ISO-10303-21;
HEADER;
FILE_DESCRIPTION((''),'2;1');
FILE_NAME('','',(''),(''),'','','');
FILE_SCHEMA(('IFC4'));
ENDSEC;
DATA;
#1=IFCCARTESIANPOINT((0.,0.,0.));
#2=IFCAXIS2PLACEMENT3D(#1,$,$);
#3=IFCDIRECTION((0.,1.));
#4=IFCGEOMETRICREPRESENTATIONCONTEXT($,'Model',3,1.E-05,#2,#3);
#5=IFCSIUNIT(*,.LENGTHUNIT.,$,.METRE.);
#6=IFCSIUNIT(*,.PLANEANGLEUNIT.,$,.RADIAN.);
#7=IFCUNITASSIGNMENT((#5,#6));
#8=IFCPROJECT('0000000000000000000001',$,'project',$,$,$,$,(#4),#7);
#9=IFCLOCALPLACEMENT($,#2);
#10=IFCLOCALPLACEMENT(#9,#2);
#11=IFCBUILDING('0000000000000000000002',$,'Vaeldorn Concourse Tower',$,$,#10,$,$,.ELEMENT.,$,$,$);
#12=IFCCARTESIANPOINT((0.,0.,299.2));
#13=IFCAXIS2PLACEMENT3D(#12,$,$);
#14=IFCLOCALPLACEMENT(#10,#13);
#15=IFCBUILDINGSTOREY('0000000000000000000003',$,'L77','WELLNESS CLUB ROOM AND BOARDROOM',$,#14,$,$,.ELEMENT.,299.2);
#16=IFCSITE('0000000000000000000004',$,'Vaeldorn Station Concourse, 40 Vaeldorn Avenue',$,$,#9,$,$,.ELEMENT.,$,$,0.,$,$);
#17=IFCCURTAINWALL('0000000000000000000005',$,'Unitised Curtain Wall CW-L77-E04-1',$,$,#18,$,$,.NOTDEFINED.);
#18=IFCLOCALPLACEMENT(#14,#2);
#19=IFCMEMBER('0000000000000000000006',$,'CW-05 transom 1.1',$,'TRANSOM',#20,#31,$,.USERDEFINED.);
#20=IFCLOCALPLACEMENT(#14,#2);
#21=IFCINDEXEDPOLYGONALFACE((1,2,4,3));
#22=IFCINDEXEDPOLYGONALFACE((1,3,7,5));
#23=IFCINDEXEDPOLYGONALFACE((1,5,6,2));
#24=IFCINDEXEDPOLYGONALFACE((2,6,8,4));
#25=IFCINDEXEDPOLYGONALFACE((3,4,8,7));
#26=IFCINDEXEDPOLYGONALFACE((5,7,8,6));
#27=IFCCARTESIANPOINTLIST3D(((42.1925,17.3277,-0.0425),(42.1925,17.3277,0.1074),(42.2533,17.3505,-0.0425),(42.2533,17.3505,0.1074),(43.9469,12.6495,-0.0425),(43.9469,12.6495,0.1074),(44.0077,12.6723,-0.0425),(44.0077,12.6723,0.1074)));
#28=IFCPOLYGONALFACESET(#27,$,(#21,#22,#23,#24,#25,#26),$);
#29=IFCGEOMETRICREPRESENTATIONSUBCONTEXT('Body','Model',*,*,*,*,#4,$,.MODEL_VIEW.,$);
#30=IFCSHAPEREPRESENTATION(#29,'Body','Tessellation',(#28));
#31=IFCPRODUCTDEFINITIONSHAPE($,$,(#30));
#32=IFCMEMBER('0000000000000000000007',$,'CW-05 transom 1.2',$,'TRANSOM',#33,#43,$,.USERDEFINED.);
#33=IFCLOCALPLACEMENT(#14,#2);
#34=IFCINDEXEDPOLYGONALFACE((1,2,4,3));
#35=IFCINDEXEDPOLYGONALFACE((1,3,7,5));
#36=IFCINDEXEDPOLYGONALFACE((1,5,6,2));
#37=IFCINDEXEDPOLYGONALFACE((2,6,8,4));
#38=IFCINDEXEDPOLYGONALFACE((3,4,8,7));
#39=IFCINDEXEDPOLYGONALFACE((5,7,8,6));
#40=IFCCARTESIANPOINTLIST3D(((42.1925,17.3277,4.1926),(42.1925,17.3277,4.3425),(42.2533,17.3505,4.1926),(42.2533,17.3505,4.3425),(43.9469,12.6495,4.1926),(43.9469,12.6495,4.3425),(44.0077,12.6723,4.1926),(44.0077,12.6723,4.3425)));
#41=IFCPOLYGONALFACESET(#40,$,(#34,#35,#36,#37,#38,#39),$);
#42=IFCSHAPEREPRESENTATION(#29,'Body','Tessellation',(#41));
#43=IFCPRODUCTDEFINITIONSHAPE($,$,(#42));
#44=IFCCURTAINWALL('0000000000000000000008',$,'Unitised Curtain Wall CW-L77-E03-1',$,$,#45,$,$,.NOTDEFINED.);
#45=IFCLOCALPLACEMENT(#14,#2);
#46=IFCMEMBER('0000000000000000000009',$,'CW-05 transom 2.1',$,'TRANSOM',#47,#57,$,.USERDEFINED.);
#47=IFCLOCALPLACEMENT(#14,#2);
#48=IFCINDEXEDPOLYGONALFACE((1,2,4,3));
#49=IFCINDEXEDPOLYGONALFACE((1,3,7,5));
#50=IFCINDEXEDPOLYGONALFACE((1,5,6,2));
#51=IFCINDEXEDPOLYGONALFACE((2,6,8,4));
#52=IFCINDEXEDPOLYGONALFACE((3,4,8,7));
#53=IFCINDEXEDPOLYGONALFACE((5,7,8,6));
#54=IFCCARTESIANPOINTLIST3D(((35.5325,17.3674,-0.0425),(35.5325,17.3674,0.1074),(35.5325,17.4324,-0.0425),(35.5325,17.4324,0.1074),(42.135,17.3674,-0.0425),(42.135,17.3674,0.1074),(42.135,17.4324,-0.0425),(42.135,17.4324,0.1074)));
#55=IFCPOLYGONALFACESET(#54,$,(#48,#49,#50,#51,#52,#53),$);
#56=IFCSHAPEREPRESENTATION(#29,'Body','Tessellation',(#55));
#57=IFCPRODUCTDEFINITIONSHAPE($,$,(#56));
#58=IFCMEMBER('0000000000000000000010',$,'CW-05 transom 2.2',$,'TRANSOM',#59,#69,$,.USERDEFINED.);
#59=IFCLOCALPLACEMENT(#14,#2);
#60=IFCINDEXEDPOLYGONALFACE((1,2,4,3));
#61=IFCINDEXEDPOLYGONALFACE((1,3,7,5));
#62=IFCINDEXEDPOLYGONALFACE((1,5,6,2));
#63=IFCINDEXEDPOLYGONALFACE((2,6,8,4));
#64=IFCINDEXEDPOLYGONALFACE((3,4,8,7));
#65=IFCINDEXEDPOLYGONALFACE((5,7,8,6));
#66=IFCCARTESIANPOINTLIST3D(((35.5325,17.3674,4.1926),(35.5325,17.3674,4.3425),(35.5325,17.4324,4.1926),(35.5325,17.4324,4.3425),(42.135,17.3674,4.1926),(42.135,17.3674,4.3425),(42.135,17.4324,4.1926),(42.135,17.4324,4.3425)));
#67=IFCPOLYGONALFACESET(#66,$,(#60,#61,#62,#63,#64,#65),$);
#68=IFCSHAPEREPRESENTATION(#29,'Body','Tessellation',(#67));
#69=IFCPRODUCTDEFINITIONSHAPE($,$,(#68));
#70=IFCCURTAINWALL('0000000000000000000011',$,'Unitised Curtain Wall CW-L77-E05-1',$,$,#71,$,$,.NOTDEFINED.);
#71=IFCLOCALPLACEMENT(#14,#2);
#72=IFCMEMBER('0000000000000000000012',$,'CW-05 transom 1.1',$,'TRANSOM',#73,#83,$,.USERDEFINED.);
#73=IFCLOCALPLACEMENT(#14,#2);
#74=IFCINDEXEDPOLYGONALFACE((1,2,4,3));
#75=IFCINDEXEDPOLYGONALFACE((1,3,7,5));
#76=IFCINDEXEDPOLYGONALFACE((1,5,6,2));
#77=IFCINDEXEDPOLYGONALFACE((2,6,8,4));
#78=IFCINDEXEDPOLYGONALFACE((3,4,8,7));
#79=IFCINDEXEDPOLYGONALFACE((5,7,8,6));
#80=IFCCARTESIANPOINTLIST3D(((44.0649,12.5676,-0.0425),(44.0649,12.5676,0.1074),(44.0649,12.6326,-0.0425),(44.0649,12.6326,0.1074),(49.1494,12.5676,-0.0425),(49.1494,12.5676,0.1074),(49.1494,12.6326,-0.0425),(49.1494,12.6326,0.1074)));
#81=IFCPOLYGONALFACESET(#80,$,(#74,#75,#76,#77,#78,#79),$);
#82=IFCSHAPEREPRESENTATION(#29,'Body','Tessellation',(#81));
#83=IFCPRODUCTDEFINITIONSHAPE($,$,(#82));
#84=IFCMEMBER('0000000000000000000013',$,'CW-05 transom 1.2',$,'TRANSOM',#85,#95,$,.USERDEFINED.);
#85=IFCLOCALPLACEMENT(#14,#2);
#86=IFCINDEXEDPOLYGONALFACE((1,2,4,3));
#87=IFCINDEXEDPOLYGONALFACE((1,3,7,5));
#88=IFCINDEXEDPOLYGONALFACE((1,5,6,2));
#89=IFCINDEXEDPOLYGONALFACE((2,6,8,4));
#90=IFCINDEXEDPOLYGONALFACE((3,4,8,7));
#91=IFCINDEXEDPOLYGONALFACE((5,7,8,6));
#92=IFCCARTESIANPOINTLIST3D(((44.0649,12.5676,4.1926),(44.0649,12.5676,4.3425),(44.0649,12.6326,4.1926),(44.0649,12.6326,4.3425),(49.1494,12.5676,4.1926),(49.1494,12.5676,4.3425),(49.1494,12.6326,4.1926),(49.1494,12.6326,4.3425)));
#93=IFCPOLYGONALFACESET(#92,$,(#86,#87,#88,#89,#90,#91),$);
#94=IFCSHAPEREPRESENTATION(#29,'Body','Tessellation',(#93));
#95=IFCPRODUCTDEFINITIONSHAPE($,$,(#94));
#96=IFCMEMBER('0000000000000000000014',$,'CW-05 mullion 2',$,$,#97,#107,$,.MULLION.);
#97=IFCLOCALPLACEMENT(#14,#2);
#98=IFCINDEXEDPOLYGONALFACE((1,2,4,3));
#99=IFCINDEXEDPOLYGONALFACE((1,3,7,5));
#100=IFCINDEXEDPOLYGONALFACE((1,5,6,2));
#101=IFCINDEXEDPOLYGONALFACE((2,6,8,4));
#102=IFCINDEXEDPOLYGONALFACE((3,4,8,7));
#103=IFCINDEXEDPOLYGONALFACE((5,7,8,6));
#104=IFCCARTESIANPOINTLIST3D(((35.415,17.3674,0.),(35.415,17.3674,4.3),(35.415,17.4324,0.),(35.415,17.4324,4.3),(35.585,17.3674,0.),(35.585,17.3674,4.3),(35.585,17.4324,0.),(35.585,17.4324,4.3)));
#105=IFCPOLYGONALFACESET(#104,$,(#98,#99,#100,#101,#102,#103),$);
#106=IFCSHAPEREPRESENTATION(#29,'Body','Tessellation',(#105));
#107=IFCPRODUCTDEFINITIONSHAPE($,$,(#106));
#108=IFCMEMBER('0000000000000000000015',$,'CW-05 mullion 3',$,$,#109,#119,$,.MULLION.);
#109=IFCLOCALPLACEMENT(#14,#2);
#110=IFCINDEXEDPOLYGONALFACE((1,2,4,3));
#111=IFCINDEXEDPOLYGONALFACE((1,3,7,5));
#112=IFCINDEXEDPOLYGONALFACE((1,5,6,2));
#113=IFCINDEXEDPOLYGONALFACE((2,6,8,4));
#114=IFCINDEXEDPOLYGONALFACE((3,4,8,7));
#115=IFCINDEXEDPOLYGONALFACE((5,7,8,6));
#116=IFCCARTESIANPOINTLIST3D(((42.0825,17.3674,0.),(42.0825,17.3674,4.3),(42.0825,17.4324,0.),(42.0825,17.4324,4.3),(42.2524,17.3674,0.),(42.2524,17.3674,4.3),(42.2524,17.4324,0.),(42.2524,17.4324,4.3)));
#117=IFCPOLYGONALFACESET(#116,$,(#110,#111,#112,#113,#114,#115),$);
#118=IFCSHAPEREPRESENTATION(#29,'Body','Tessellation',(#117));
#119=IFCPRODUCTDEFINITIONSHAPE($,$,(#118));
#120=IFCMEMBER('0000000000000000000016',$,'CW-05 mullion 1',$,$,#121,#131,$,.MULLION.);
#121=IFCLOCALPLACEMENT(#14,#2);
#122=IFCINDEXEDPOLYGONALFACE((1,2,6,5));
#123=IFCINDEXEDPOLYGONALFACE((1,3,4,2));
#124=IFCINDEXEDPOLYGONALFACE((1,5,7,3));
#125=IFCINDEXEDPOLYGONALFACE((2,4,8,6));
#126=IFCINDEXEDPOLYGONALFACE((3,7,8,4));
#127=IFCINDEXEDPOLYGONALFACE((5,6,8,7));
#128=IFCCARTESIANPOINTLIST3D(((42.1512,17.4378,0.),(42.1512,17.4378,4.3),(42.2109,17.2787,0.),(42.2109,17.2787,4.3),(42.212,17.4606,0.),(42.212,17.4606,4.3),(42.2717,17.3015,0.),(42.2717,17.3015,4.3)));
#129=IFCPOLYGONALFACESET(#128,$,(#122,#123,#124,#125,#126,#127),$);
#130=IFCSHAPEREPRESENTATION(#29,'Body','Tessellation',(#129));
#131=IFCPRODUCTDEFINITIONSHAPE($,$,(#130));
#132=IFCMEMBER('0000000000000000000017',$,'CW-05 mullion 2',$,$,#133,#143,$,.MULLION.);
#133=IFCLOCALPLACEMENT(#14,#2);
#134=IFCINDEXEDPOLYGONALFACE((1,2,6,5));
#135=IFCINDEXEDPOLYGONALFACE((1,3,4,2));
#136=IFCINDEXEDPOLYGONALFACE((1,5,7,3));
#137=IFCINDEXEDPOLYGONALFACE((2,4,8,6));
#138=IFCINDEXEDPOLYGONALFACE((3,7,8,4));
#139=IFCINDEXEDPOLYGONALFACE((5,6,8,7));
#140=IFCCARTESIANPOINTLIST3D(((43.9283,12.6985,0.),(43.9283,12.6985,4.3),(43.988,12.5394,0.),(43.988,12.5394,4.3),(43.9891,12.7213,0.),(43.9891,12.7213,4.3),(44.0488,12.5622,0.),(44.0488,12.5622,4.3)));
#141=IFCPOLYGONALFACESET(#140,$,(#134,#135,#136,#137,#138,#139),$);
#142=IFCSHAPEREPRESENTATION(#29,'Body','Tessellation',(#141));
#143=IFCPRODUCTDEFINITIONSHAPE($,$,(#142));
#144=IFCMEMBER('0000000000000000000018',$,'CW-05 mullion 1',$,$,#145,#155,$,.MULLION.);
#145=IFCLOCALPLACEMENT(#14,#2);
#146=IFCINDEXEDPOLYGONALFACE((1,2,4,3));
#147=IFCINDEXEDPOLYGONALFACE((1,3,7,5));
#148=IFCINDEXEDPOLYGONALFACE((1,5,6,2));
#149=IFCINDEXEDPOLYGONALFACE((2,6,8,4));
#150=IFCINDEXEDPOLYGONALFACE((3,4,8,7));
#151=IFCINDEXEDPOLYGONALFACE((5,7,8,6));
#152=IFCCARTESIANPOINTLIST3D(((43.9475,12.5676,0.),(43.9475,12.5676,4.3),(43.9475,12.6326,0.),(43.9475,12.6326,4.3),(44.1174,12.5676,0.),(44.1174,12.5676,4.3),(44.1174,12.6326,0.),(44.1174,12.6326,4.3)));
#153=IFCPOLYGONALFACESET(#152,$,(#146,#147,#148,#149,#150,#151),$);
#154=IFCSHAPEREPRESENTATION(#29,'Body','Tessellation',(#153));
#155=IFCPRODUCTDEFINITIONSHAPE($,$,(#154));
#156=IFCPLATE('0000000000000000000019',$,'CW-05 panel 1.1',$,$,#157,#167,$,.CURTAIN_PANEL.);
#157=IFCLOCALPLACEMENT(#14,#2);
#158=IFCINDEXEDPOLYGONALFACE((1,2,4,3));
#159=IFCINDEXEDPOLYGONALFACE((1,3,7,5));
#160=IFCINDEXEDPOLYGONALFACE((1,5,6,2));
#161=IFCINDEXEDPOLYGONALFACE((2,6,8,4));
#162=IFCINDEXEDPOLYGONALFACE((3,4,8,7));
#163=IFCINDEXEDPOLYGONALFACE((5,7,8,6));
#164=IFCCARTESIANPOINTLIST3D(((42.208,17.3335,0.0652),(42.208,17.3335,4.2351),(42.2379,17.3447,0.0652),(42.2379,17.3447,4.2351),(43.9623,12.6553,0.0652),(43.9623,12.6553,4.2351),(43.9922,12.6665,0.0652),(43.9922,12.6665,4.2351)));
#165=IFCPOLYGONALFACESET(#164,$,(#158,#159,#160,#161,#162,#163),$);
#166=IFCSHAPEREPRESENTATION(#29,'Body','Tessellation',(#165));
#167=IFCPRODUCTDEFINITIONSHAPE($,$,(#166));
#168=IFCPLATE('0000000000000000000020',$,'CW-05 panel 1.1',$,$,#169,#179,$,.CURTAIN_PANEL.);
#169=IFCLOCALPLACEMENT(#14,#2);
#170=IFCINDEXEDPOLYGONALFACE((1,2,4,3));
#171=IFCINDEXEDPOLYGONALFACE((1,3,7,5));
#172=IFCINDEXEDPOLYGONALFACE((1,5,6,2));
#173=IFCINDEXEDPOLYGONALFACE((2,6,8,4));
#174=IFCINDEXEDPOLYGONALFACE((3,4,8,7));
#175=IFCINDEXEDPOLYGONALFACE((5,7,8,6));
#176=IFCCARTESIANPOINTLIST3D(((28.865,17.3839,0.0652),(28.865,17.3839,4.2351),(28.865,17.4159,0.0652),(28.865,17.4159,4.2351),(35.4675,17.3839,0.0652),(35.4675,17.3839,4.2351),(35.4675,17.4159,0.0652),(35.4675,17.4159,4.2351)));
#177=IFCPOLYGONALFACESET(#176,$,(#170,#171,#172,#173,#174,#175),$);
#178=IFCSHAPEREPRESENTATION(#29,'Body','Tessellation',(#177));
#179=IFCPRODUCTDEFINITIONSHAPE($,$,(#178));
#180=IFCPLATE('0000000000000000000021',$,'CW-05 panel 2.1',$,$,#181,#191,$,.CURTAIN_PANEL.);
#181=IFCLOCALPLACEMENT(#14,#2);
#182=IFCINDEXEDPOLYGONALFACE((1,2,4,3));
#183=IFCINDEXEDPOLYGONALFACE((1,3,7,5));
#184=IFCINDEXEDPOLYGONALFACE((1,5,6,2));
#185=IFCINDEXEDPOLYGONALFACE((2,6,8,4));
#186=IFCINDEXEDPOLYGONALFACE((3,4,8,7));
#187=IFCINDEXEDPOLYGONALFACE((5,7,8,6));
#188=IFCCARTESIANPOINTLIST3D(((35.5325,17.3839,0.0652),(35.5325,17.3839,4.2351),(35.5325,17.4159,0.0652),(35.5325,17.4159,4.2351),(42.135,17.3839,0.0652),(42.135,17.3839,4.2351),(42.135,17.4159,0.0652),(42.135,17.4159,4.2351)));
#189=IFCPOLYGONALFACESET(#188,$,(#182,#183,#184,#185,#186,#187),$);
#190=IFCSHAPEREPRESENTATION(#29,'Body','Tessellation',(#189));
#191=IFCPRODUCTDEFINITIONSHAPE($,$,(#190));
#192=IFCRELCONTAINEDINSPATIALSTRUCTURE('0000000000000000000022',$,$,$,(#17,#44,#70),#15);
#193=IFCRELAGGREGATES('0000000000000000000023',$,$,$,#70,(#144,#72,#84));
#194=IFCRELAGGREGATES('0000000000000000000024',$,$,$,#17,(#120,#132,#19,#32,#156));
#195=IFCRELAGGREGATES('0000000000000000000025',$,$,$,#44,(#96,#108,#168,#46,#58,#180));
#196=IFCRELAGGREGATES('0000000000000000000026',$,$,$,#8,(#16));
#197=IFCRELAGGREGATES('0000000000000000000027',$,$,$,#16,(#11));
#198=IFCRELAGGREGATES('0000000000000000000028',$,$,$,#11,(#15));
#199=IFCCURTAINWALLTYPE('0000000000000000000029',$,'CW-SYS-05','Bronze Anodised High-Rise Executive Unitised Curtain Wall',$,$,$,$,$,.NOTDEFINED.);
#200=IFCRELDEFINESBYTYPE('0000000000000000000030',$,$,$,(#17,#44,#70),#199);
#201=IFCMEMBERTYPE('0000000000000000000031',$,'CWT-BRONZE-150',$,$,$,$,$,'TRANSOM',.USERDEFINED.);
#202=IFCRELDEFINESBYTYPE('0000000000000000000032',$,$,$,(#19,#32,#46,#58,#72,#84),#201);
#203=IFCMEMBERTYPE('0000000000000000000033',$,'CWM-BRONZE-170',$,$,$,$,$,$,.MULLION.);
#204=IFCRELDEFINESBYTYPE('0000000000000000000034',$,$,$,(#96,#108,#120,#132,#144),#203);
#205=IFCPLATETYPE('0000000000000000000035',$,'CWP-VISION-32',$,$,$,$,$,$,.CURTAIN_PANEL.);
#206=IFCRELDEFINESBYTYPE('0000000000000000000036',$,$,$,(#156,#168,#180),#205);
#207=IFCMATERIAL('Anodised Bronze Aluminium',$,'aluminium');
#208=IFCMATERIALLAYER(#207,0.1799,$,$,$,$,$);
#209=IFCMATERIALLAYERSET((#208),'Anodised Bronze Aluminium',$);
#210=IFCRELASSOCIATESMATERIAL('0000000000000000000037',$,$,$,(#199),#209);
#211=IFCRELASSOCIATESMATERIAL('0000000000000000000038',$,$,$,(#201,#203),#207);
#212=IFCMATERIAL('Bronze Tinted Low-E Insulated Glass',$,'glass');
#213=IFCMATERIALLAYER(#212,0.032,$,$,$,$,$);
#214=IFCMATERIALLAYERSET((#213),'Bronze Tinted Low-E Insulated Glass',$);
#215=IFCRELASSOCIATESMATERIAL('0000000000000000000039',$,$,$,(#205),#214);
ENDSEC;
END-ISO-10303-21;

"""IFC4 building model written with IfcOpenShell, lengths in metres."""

from ifc_helpers import new_model, si_unit, direction, frame, origin, origin_2d, place, context, subcontext, project, spatial, rectangle, extrude, source, transform, mapped, material, layer, layer_set, material_profile, profile_set, type_object, element, aggregate, save


model = new_model("IFC4")

# Units and contexts
model_context = context("Model", 3, precision=1e-05, world=origin(), true_north=direction((0.0, 1.0)))
body_context = subcontext(model_context, "Body", "Model", "MODEL_VIEW")
ifc_project = project(units=[si_unit("LENGTHUNIT", "METRE"), si_unit("PLANEANGLEUNIT", "RADIAN")], contexts=[model_context])

# Site, building, storey
site_placement = place(None, origin())
site = spatial("IfcSite", under=ifc_project, at=site_placement, Name="Vaeldorn Station Concourse, 40 Vaeldorn Avenue", CompositionType="ELEMENT", RefElevation=0.0)
building_placement = place(site_placement, origin())
building = spatial("IfcBuilding", under=site, at=building_placement, Name="Vaeldorn Concourse Tower", CompositionType="ELEMENT")
storey_placement = place(building_placement, frame((0.0, 0.0, 299.2)))
storey = spatial("IfcBuildingStorey", under=building, at=storey_placement, Name="L77", Description="WELLNESS CLUB ROOM AND BOARDROOM", CompositionType="ELEMENT", Elevation=299.2)

# Curtain walls, members
ifc_material_1 = material(Name="Anodised Bronze Aluminium", Category="aluminium")
ifc_layer_1 = layer(ifc_material_1, 0.1799)
ifc_layer_set_1 = layer_set([ifc_layer_1], Name="Anodised Bronze Aluminium")
curtain_wall_type = type_object("IfcCurtainWallType", Name="CW-SYS-05", Description="Bronze Anodised High-Rise Executive Unitised Curtain Wall", PredefinedType="NOTDEFINED", material=ifc_layer_set_1)
curtain_wall_1_placement = place(storey_placement, origin())
curtain_wall_1 = element("IfcCurtainWall", 1, at=curtain_wall_1_placement, inside=storey, type_object=curtain_wall_type, Name="Unitised Curtain Wall CW-L77-E04-1", PredefinedType="NOTDEFINED")
ifc_material_profile_1 = material_profile(ifc_material_1, rectangle(XDim=0.0649, YDim=0.1499, at=origin_2d()), Name="CWT 65x150")
ifc_profile_set_1 = profile_set([ifc_material_profile_1], Name="Anodised Bronze Aluminium")
member_type_1 = type_object("IfcMemberType", Name="CWT-BRONZE-150", ElementType="TRANSOM", PredefinedType="USERDEFINED", material=ifc_profile_set_1)
shared_shape_1 = source(origin(), body_context, "Body", "SweptSolid", [
    extrude(rectangle(XDim=0.0649, YDim=0.1499, at=origin_2d()), origin(), (0.0, 0.0, 1.0), 4.9963),
])
member_1_placement = place(storey_placement, frame((42.2229, 17.3391, 0.0325), z_axis=(0.351134, -0.936325, 0.0), x_axis=(0.936325, 0.351134, 0.0)))
member_1 = element("IfcMember", 2, at=member_1_placement, type_object=member_type_1, Name="CW-05 transom 1.1", ObjectType="TRANSOM", PredefinedType="USERDEFINED", context=body_context, shape_type="MappedRepresentation", body=[
    mapped(shared_shape_1, transform((0.0, 0.0, 0.0), scale=1.0)),
])
member_2_placement = place(storey_placement, frame((42.2229, 17.3391, 4.2676), z_axis=(0.351134, -0.936325, 0.0), x_axis=(0.936325, 0.351134, 0.0)))
member_2 = element("IfcMember", 3, at=member_2_placement, type_object=member_type_1, Name="CW-05 transom 1.2", ObjectType="TRANSOM", PredefinedType="USERDEFINED", context=body_context, shape_type="MappedRepresentation", body=[
    mapped(shared_shape_1, transform((0.0, 0.0, 0.0), scale=1.0)),
])
curtain_wall_2_placement = place(storey_placement, origin())
curtain_wall_2 = element("IfcCurtainWall", 4, at=curtain_wall_2_placement, inside=storey, type_object=curtain_wall_type, Name="Unitised Curtain Wall CW-L77-E03-1", PredefinedType="NOTDEFINED")
shared_shape_2 = source(origin(), body_context, "Body", "SweptSolid", [
    extrude(rectangle(XDim=0.0649, YDim=0.1499, at=origin_2d()), origin(), (0.0, 0.0, 1.0), 6.6025),
])
member_3_placement = place(storey_placement, frame((35.5325, 17.3999, 0.0325), z_axis=(1.0, 0.0, 0.0), x_axis=(0.0, 1.0, 0.0)))
member_3 = element("IfcMember", 5, at=member_3_placement, type_object=member_type_1, Name="CW-05 transom 2.1", ObjectType="TRANSOM", PredefinedType="USERDEFINED", context=body_context, shape_type="MappedRepresentation", body=[
    mapped(shared_shape_2, transform((0.0, 0.0, 0.0), scale=1.0)),
])
member_4_placement = place(storey_placement, frame((35.5325, 17.3999, 4.2676), z_axis=(1.0, 0.0, 0.0), x_axis=(0.0, 1.0, 0.0)))
member_4 = element("IfcMember", 6, at=member_4_placement, type_object=member_type_1, Name="CW-05 transom 2.2", ObjectType="TRANSOM", PredefinedType="USERDEFINED", context=body_context, shape_type="MappedRepresentation", body=[
    mapped(shared_shape_2, transform((0.0, 0.0, 0.0), scale=1.0)),
])
curtain_wall_3_placement = place(storey_placement, origin())
curtain_wall_3 = element("IfcCurtainWall", 7, at=curtain_wall_3_placement, inside=storey, type_object=curtain_wall_type, Name="Unitised Curtain Wall CW-L77-E05-1", PredefinedType="NOTDEFINED")
shared_shape_3 = source(origin(), body_context, "Body", "SweptSolid", [
    extrude(rectangle(XDim=0.0649, YDim=0.1499, at=origin_2d()), origin(), (0.0, 0.0, 1.0), 5.0845),
])
member_5_placement = place(storey_placement, frame((44.0649, 12.6001, 0.0325), z_axis=(1.0, 0.0, 0.0), x_axis=(0.0, 1.0, 0.0)))
member_5 = element("IfcMember", 8, at=member_5_placement, type_object=member_type_1, Name="CW-05 transom 1.1", ObjectType="TRANSOM", PredefinedType="USERDEFINED", context=body_context, shape_type="MappedRepresentation", body=[
    mapped(shared_shape_3, transform((0.0, 0.0, 0.0), scale=1.0)),
])
member_6_placement = place(storey_placement, frame((44.0649, 12.6001, 4.2676), z_axis=(1.0, 0.0, 0.0), x_axis=(0.0, 1.0, 0.0)))
member_6 = element("IfcMember", 9, at=member_6_placement, type_object=member_type_1, Name="CW-05 transom 1.2", ObjectType="TRANSOM", PredefinedType="USERDEFINED", context=body_context, shape_type="MappedRepresentation", body=[
    mapped(shared_shape_3, transform((0.0, 0.0, 0.0), scale=1.0)),
])

# Members
ifc_material_profile_2 = material_profile(ifc_material_1, rectangle(XDim=0.0649, YDim=0.1699, at=origin_2d()), Name="CWM 65x170")
ifc_profile_set_2 = profile_set([ifc_material_profile_2], Name="Anodised Bronze Aluminium")
member_type_2 = type_object("IfcMemberType", Name="CWM-BRONZE-170", PredefinedType="MULLION", material=ifc_profile_set_2)
shared_shape_4 = source(origin(), body_context, "Body", "SweptSolid", [
    extrude(rectangle(XDim=0.0649, YDim=0.1699, at=origin_2d()), origin(), (0.0, 0.0, 1.0), 4.3),
])
member_7_placement = place(storey_placement, frame((35.5, 17.3999, 0.0), z_axis=(0.0, 0.0, 1.0), x_axis=(0.0, 1.0, 0.0)))
member_7 = element("IfcMember", 10, at=member_7_placement, type_object=member_type_2, Name="CW-05 mullion 2", PredefinedType="MULLION", context=body_context, shape_type="MappedRepresentation", body=[
    mapped(shared_shape_4, transform((0.0, 0.0, 0.0), scale=1.0)),
])
member_8_placement = place(storey_placement, frame((42.1675, 17.3999, 0.0), z_axis=(0.0, 0.0, 1.0), x_axis=(0.0, 1.0, 0.0)))
member_8 = element("IfcMember", 11, at=member_8_placement, type_object=member_type_2, Name="CW-05 mullion 3", PredefinedType="MULLION", context=body_context, shape_type="MappedRepresentation", body=[
    mapped(shared_shape_4, transform((0.0, 0.0, 0.0), scale=1.0)),
])
member_9_placement = place(storey_placement, frame((42.2114, 17.3696, 0.0), z_axis=(0.0, 0.0, 1.0), x_axis=(0.936329, 0.351123, 0.0)))
member_9 = element("IfcMember", 12, at=member_9_placement, type_object=member_type_2, Name="CW-05 mullion 1", PredefinedType="MULLION", context=body_context, shape_type="MappedRepresentation", body=[
    mapped(shared_shape_4, transform((0.0, 0.0, 0.0), scale=1.0)),
])
member_10_placement = place(storey_placement, frame((43.9885, 12.6304, 0.0), z_axis=(0.0, 0.0, 1.0), x_axis=(0.936329, 0.351123, 0.0)))
member_10 = element("IfcMember", 13, at=member_10_placement, type_object=member_type_2, Name="CW-05 mullion 2", PredefinedType="MULLION", context=body_context, shape_type="MappedRepresentation", body=[
    mapped(shared_shape_4, transform((0.0, 0.0, 0.0), scale=1.0)),
])
member_11_placement = place(storey_placement, frame((44.0325, 12.6001, 0.0), z_axis=(0.0, 0.0, 1.0), x_axis=(0.0, 1.0, 0.0)))
member_11 = element("IfcMember", 14, at=member_11_placement, type_object=member_type_2, Name="CW-05 mullion 1", PredefinedType="MULLION", context=body_context, shape_type="MappedRepresentation", body=[
    mapped(shared_shape_4, transform((0.0, 0.0, 0.0), scale=1.0)),
])
aggregate(curtain_wall_3, [member_11, member_5, member_6])

# Plates
ifc_material_2 = material(Name="Bronze Tinted Low-E Insulated Glass", Category="glass")
ifc_layer_2 = layer(ifc_material_2, 0.032)
ifc_layer_set_2 = layer_set([ifc_layer_2], Name="Bronze Tinted Low-E Insulated Glass")
plate_type = type_object("IfcPlateType", Name="CWP-VISION-32", PredefinedType="CURTAIN_PANEL", material=ifc_layer_set_2)
shared_shape_5 = source(origin(), body_context, "Body", "SweptSolid", [
    extrude(rectangle(XDim=4.9963, YDim=0.032, at=origin_2d()), origin(), (0.0, 0.0, 1.0), 4.1699),
])
plate_1_placement = place(storey_placement, frame((43.1001, 15.0, 0.0652), z_axis=(0.0, 0.0, 1.0), x_axis=(0.351123, -0.936329, 0.0)))
plate_1 = element("IfcPlate", 15, at=plate_1_placement, type_object=plate_type, Name="CW-05 panel 1.1", PredefinedType="CURTAIN_PANEL", context=body_context, shape_type="MappedRepresentation", body=[
    mapped(shared_shape_5, transform((0.0, 0.0, 0.0), scale=1.0)),
])
aggregate(curtain_wall_1, [member_9, member_10, member_1, member_2, plate_1])
shared_shape_6 = source(origin(), body_context, "Body", "SweptSolid", [
    extrude(rectangle(XDim=6.6025, YDim=0.032, at=origin_2d()), origin(), (0.0, 0.0, 1.0), 4.1699),
])
plate_2_placement = place(storey_placement, frame((32.1663, 17.3999, 0.0652), z_axis=(0.0, 0.0, 1.0), x_axis=(1.0, 0.0, 0.0)))
plate_2 = element("IfcPlate", 16, at=plate_2_placement, type_object=plate_type, Name="CW-05 panel 1.1", PredefinedType="CURTAIN_PANEL", context=body_context, shape_type="MappedRepresentation", body=[
    mapped(shared_shape_6, transform((0.0, 0.0, 0.0), scale=1.0)),
])
plate_3_placement = place(storey_placement, frame((38.8337, 17.3999, 0.0652), z_axis=(0.0, 0.0, 1.0), x_axis=(1.0, 0.0, 0.0)))
plate_3 = element("IfcPlate", 17, at=plate_3_placement, type_object=plate_type, Name="CW-05 panel 2.1", PredefinedType="CURTAIN_PANEL", context=body_context, shape_type="MappedRepresentation", body=[
    mapped(shared_shape_6, transform((0.0, 0.0, 0.0), scale=1.0)),
])
aggregate(curtain_wall_2, [member_7, member_8, plate_2, member_3, member_4, plate_3])

save(model, "model.ifc")
